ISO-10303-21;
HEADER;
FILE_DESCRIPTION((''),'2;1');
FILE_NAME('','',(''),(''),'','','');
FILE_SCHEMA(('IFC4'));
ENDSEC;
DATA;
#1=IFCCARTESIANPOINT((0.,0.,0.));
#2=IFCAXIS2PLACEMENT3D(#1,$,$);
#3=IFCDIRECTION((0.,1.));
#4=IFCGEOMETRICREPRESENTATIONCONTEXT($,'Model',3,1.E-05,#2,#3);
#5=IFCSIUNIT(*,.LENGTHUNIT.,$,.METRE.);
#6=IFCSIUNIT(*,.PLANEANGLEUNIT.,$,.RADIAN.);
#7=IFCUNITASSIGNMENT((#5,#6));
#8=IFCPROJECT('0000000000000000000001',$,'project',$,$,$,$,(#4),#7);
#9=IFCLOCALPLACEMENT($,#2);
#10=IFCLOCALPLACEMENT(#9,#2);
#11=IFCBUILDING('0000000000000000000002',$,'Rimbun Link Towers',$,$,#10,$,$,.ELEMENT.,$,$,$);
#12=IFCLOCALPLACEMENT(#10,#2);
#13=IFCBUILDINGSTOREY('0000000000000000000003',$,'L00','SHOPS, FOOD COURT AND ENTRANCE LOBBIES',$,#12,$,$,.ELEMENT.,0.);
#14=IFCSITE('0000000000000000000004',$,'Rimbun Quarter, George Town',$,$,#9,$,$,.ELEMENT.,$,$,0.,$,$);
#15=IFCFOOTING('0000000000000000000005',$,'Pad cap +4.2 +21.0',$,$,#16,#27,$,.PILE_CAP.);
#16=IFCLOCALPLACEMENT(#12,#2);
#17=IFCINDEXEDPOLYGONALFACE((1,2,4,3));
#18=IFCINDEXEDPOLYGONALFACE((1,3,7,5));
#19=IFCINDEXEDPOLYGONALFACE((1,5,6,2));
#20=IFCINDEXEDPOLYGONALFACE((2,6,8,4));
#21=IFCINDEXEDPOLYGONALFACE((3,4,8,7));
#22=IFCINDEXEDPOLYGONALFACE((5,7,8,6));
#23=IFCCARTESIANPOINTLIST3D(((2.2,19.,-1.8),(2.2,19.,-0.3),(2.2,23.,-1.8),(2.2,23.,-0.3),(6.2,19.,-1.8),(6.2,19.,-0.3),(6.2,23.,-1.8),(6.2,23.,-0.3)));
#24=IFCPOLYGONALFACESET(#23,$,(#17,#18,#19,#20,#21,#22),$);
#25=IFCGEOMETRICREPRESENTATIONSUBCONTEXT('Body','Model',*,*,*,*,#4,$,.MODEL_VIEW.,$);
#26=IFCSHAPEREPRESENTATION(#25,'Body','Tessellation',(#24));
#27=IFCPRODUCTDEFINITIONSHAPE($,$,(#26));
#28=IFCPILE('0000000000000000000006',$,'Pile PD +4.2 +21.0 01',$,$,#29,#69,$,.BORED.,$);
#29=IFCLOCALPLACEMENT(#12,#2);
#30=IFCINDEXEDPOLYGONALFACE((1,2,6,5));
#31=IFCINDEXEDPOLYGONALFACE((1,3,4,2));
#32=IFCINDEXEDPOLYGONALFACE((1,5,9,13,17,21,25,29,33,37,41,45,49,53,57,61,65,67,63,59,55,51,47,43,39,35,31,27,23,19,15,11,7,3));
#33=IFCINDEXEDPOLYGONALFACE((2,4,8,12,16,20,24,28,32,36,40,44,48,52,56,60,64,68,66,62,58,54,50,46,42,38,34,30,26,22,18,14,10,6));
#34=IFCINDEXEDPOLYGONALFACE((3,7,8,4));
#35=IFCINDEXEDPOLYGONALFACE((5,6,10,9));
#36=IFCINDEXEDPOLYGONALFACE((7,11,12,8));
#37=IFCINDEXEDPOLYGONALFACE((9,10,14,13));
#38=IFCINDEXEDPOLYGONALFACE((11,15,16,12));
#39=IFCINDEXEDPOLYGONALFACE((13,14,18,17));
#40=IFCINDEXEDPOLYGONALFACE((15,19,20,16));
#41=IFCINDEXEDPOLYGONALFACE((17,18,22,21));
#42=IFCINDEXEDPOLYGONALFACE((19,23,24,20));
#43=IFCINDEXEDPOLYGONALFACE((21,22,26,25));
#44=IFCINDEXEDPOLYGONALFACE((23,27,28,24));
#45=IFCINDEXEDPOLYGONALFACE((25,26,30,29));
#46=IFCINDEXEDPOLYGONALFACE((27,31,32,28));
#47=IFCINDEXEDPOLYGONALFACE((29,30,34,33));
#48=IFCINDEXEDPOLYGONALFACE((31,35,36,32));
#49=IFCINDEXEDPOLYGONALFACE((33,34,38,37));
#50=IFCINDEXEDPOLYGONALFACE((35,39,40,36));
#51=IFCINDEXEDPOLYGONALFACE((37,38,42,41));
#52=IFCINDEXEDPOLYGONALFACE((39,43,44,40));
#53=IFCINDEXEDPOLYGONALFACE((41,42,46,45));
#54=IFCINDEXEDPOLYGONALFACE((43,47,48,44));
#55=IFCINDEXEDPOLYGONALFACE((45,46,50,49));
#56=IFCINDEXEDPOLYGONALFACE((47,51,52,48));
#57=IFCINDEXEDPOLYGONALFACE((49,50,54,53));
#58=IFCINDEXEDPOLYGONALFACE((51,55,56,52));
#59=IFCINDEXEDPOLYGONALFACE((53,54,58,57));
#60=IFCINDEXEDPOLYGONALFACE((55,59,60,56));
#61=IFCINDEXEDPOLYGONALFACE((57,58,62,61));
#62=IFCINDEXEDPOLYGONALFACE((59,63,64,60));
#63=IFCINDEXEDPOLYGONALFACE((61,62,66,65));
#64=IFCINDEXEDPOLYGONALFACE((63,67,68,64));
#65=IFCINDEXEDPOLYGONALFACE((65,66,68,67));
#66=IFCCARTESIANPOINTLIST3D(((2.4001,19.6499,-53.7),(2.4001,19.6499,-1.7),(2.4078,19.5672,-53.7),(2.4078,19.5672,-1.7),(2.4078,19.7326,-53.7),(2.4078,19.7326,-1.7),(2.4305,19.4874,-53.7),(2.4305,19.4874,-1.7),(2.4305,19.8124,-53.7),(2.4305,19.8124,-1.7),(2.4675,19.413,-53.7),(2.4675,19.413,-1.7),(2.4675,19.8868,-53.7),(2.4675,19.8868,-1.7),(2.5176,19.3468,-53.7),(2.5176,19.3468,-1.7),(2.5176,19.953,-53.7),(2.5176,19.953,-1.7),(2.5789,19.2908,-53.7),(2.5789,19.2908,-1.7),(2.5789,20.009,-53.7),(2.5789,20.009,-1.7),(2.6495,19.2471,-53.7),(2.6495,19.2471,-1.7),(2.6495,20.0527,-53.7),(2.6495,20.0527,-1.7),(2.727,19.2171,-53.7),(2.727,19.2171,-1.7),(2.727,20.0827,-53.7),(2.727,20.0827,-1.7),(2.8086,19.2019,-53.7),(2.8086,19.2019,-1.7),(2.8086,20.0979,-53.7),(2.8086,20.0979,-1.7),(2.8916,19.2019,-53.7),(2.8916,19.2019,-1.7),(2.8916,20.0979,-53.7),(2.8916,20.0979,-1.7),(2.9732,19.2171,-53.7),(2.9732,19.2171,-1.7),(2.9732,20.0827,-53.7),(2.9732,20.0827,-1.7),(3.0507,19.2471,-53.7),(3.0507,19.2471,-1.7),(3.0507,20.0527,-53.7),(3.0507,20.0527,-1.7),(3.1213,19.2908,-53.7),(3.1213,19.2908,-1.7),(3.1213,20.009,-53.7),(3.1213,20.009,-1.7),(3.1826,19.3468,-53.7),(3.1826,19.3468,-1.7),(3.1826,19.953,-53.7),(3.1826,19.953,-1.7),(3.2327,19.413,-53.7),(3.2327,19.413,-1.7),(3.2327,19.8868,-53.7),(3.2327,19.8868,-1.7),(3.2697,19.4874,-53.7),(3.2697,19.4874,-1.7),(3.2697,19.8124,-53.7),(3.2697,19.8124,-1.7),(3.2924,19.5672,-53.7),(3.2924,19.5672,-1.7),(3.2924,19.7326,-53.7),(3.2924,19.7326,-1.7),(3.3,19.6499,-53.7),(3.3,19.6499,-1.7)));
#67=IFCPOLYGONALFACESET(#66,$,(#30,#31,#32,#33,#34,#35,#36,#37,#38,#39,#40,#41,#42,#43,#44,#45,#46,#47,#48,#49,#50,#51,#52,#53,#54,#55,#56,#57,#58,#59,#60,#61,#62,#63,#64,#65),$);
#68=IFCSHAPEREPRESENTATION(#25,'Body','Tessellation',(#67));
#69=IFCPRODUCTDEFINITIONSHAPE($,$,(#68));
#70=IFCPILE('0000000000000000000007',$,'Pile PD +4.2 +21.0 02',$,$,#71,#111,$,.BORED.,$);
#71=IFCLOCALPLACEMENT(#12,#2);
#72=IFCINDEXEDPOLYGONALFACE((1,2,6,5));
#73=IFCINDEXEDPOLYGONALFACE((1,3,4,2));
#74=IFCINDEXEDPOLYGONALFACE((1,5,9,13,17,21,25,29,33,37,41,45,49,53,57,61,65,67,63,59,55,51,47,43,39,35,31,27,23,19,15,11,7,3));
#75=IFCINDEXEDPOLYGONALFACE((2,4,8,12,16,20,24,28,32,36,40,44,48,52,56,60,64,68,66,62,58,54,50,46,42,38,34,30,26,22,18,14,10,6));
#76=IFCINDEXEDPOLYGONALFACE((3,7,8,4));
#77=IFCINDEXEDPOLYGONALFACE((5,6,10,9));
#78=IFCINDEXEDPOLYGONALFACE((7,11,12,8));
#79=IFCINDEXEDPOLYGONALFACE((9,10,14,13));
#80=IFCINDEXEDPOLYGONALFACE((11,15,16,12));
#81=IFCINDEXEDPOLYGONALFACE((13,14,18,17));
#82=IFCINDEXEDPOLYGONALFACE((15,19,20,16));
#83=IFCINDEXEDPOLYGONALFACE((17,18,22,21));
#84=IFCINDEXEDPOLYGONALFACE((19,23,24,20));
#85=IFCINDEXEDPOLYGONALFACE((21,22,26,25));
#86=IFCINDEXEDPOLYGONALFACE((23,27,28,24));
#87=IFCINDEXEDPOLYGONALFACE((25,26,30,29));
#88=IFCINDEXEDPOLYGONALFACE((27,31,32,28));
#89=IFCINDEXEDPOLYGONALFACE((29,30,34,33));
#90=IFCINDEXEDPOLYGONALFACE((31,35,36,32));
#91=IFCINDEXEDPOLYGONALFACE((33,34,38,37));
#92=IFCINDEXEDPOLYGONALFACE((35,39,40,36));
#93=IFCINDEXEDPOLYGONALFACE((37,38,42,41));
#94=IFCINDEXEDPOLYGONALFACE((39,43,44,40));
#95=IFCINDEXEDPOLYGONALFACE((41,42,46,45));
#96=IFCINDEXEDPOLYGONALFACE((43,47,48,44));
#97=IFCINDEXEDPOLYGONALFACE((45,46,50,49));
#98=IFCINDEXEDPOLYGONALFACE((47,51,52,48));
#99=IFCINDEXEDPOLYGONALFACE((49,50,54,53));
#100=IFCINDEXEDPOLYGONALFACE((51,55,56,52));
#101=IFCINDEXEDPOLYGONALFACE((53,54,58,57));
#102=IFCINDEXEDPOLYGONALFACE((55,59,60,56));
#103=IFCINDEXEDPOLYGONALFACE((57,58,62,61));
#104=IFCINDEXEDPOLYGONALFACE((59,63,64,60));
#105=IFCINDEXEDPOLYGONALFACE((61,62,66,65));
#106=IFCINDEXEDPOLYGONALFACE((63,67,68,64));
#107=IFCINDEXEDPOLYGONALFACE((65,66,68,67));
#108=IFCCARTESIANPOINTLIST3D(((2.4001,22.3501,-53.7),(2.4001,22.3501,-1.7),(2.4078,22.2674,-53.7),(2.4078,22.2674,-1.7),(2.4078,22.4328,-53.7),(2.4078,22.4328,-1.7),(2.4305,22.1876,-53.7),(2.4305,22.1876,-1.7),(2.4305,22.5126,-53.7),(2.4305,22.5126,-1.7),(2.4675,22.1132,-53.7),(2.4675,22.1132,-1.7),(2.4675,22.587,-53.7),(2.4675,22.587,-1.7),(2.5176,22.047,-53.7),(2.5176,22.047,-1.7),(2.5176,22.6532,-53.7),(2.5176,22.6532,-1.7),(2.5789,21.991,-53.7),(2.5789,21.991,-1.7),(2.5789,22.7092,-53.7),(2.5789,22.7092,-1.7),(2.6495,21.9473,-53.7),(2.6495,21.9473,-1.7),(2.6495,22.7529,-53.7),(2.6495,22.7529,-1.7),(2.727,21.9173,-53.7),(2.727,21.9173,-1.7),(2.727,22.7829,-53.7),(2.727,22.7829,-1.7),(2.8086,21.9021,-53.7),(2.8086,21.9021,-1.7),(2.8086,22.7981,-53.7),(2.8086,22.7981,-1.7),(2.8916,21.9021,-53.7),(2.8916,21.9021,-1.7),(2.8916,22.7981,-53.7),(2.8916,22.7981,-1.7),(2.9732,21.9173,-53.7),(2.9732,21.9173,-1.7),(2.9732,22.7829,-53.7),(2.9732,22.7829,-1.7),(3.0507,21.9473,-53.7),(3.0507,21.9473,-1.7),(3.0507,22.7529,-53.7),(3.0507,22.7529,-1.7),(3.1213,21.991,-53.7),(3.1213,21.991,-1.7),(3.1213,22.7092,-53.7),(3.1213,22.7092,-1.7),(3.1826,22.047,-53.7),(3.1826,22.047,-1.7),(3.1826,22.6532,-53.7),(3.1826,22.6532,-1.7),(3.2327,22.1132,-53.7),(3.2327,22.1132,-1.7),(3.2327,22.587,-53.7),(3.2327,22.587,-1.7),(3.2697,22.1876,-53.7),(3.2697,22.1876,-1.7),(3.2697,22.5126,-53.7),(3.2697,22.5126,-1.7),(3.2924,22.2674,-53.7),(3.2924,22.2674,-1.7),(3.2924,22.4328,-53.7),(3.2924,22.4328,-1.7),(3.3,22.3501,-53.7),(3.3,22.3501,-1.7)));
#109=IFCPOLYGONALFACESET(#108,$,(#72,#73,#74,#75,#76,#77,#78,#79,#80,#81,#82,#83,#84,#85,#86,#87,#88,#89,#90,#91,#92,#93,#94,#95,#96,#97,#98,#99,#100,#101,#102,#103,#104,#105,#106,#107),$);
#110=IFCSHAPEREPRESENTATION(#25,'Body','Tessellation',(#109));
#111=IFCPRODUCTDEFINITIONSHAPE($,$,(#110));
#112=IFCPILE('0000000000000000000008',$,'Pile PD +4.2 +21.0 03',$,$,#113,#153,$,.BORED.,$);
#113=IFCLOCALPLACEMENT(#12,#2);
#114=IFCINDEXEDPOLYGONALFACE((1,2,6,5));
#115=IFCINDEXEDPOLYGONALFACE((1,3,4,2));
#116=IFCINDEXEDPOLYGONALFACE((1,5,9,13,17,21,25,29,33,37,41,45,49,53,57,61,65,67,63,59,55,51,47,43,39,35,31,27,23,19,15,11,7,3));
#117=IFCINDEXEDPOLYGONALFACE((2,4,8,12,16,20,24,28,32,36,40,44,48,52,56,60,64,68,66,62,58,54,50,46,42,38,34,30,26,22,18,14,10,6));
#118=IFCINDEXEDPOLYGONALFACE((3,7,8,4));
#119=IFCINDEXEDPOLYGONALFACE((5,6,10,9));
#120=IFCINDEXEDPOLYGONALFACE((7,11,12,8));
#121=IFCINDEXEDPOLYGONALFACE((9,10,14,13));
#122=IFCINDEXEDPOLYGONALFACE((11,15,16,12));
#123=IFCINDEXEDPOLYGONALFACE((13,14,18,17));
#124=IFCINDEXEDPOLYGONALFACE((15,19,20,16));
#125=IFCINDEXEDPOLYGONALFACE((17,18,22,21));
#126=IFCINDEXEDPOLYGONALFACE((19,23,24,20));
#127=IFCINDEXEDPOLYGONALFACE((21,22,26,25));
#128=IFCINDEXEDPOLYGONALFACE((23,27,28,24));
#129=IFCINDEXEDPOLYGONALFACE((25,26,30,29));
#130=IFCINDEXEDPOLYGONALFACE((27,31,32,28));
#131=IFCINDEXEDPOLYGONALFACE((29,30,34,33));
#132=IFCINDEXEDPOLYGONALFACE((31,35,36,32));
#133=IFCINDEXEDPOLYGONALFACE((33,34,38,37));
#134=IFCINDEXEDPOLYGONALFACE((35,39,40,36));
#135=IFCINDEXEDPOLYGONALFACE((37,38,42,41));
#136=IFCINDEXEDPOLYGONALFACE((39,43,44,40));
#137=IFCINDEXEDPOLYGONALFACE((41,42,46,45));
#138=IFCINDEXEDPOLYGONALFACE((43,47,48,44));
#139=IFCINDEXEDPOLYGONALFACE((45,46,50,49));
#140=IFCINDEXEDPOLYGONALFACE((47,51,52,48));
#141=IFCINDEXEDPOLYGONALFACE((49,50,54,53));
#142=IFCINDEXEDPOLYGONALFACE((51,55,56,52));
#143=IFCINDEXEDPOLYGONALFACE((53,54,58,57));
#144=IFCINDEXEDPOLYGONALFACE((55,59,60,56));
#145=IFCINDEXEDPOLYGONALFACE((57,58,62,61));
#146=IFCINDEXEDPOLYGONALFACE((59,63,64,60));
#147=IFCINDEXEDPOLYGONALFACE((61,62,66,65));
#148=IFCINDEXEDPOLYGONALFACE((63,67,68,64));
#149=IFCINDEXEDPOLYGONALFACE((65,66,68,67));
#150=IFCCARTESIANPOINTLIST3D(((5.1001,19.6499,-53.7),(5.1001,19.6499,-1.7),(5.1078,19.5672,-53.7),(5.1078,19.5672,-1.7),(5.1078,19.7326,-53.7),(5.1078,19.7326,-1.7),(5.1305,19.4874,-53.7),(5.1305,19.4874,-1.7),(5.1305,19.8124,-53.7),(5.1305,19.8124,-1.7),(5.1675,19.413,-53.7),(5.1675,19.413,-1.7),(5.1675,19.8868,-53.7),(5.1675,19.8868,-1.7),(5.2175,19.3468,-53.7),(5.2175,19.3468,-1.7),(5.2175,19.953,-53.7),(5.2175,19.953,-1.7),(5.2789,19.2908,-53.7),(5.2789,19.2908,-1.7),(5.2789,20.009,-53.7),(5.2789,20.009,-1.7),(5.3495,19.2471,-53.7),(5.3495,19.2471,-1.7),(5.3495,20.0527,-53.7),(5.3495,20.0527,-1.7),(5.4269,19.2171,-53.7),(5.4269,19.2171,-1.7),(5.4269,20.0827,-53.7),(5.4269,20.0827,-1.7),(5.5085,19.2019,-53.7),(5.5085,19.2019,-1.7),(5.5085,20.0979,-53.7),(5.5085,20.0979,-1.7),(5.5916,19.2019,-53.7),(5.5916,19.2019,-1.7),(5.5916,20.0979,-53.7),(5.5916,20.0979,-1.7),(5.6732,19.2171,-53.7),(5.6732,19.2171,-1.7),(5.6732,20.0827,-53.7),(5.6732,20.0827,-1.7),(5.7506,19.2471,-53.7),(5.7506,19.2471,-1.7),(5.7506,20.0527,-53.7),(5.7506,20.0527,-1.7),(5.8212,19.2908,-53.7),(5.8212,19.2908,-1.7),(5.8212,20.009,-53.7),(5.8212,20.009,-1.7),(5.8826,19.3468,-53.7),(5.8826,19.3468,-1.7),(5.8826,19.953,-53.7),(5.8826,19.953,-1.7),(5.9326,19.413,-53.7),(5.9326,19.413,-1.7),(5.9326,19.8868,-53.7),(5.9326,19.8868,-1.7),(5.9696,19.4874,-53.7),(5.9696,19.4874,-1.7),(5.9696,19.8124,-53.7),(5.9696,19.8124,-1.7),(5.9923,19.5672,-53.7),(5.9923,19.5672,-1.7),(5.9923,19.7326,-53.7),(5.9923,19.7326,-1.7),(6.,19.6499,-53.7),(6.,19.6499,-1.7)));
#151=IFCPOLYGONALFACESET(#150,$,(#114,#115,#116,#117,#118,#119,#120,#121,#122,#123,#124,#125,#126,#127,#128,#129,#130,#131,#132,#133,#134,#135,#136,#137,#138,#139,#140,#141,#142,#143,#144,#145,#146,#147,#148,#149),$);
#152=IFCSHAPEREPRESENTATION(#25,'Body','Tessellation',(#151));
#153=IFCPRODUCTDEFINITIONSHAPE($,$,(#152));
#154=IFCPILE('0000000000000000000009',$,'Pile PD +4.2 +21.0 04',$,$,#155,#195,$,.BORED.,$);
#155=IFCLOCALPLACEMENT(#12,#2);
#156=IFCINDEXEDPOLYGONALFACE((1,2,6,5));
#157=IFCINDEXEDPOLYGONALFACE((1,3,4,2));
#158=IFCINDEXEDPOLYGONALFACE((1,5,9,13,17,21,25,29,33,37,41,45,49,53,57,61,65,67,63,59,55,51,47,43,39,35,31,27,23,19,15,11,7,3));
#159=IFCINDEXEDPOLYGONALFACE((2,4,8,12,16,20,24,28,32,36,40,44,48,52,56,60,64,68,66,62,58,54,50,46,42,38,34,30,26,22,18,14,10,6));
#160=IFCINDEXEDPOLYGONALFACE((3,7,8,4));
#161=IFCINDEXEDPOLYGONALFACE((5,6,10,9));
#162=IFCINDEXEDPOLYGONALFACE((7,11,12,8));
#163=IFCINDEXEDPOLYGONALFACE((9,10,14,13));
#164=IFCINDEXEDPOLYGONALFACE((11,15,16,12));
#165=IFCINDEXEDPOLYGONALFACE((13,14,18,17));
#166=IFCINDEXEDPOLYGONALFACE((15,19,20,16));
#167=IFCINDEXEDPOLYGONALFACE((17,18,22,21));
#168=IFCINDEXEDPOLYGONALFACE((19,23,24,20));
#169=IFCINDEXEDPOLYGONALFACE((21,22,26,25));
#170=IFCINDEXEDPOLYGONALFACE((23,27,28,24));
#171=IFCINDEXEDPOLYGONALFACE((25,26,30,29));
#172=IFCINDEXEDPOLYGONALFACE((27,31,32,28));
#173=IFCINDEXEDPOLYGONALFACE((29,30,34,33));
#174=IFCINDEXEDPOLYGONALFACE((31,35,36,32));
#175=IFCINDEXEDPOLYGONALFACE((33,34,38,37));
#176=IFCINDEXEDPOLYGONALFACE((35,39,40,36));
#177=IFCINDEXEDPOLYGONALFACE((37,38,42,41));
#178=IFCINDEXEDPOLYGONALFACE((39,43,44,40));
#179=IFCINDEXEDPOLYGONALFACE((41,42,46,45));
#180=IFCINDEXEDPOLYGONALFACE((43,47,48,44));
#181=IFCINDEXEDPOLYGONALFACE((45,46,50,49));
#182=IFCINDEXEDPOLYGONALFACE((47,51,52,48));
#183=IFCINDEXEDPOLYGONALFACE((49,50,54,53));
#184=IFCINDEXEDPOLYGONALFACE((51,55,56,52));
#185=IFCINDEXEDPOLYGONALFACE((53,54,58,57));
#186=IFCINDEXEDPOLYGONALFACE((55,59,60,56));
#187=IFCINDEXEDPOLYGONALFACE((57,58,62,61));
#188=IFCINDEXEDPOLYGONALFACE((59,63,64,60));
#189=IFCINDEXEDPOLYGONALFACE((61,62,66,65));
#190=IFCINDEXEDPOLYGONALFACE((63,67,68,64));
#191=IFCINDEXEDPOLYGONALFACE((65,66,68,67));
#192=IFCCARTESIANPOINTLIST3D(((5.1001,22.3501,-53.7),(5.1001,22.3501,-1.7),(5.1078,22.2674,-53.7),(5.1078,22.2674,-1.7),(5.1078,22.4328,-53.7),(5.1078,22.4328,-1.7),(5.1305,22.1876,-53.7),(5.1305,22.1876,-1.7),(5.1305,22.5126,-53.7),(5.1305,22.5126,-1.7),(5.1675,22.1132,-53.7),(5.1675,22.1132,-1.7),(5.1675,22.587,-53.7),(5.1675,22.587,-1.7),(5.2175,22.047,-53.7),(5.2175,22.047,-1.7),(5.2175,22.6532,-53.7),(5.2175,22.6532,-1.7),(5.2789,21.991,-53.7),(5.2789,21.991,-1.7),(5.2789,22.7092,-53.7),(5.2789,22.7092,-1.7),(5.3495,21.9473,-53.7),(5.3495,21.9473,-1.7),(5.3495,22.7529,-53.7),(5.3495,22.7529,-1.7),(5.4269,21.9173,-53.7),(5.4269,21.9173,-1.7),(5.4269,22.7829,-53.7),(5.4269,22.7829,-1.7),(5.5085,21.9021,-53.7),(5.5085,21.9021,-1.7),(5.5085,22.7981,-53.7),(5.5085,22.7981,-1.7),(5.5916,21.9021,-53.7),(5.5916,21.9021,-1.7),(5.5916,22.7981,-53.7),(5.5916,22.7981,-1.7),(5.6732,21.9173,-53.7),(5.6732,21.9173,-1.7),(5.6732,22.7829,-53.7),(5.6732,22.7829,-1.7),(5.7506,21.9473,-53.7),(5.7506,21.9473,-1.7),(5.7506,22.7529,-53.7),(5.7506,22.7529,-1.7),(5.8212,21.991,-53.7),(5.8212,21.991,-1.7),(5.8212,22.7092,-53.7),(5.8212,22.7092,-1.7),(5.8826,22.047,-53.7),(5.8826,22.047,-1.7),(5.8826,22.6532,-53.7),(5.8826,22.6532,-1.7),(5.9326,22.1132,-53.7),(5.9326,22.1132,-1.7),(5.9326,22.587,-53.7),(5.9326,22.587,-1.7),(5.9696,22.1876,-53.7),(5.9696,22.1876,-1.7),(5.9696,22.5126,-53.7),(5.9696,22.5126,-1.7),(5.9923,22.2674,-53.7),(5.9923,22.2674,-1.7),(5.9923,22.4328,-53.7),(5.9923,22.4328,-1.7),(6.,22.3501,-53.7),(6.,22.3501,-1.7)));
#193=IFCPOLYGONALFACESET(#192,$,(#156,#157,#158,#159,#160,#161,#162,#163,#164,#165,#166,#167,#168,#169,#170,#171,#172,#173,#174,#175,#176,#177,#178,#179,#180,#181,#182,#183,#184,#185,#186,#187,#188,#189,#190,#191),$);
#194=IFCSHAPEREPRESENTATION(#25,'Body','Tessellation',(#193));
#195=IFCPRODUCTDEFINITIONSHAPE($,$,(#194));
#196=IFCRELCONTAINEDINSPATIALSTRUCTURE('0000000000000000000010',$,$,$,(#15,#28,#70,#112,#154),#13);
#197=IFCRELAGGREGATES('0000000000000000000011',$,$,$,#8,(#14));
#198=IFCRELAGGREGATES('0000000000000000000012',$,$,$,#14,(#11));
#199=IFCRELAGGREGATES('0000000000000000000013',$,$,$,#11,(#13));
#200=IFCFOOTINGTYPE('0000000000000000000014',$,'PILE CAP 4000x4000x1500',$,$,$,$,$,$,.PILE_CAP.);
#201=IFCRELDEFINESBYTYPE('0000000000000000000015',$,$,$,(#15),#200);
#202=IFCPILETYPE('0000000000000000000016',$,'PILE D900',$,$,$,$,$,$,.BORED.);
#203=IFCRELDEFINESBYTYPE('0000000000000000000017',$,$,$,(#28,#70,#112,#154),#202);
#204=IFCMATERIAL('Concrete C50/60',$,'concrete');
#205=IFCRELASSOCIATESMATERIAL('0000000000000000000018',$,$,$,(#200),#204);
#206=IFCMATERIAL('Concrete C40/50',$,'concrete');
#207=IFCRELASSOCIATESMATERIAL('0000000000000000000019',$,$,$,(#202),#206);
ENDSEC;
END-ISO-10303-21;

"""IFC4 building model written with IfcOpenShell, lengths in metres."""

from ifc_helpers import new_model, si_unit, direction, frame, origin, origin_2d, place, context, subcontext, project, spatial, rectangle, circle, extrude, material, material_profile, profile_set, type_object, element, save


model = new_model("IFC4")

# Units and contexts
model_context = context("Model", 3, precision=1e-05, world=origin(), true_north=direction((0.0, 1.0)))
body_context = subcontext(model_context, "Body", "Model", "MODEL_VIEW")
ifc_project = project(units=[si_unit("LENGTHUNIT", "METRE"), si_unit("PLANEANGLEUNIT", "RADIAN")], contexts=[model_context])

# Site, building, storey
site_placement = place(None, origin())
site = spatial("IfcSite", under=ifc_project, at=site_placement, Name="Rimbun Quarter, George Town", CompositionType="ELEMENT", RefElevation=0.0)
building_placement = place(site_placement, origin())
building = spatial("IfcBuilding", under=site, at=building_placement, Name="Rimbun Link Towers", CompositionType="ELEMENT")
storey_placement = place(building_placement, origin())
storey = spatial("IfcBuildingStorey", under=building, at=storey_placement, Name="L00", Description="SHOPS, FOOD COURT AND ENTRANCE LOBBIES", CompositionType="ELEMENT", Elevation=0.0)

# Footing
ifc_material_1 = material(Name="Concrete C50/60", Category="concrete")
footing_type = type_object("IfcFootingType", Name="PILE CAP 4000x4000x1500", PredefinedType="PILE_CAP", material=ifc_material_1)
footing_placement = place(storey_placement, frame((4.2, 21.0, -1.8), z_axis=(0.0, 0.0, 1.0), x_axis=(1.0, 0.0, 0.0)))
element("IfcFooting", 1, at=footing_placement, inside=storey, type_object=footing_type, Name="Pad cap +4.2 +21.0", PredefinedType="PILE_CAP", context=body_context, shape_type="SweptSolid", body=[
    extrude(rectangle(XDim=4.0, YDim=4.0, at=origin_2d()), origin(), (0.0, 0.0, 1.0), 1.5),
])

# Piles
ifc_material_2 = material(Name="Concrete C40/50", Category="concrete")
ifc_material_profile_1 = material_profile(ifc_material_2, circle(Radius=0.45, at=origin_2d()), Name="PILE D900")
ifc_profile_set_1 = profile_set([ifc_material_profile_1], Name="Concrete C40/50")
pile_type = type_object("IfcPileType", Name="PILE D900", PredefinedType="BORED", material=ifc_profile_set_1)
for number, where, z_axis, x_axis, name in (
    (2, (2.8501, 19.6499, -1.7), (0.0, 0.0, -1.0), (1.0, 0.0, 0.0), "Pile PD +4.2 +21.0 01"),
    (3, (2.8501, 22.3501, -1.7), (0.0, 0.0, -1.0), (1.0, 0.0, 0.0), "Pile PD +4.2 +21.0 02"),
    (4, (5.55, 19.6499, -1.7), (0.0, 0.0, -1.0), (1.0, 0.0, 0.0), "Pile PD +4.2 +21.0 03"),
    (5, (5.55, 22.3501, -1.7), (0.0, 0.0, -1.0), (1.0, 0.0, 0.0), "Pile PD +4.2 +21.0 04"),
):
    element("IfcPile", number, at=place(storey_placement, frame(where, z_axis=z_axis, x_axis=x_axis)), inside=storey, type_object=pile_type, Name=name, PredefinedType="BORED", context=body_context, shape_type="SweptSolid", body=[
        extrude(circle(Radius=0.45, at=origin_2d()), origin(), (0.0, 0.0, 1.0), 52.0),
    ])

save(model, "model.ifc")
